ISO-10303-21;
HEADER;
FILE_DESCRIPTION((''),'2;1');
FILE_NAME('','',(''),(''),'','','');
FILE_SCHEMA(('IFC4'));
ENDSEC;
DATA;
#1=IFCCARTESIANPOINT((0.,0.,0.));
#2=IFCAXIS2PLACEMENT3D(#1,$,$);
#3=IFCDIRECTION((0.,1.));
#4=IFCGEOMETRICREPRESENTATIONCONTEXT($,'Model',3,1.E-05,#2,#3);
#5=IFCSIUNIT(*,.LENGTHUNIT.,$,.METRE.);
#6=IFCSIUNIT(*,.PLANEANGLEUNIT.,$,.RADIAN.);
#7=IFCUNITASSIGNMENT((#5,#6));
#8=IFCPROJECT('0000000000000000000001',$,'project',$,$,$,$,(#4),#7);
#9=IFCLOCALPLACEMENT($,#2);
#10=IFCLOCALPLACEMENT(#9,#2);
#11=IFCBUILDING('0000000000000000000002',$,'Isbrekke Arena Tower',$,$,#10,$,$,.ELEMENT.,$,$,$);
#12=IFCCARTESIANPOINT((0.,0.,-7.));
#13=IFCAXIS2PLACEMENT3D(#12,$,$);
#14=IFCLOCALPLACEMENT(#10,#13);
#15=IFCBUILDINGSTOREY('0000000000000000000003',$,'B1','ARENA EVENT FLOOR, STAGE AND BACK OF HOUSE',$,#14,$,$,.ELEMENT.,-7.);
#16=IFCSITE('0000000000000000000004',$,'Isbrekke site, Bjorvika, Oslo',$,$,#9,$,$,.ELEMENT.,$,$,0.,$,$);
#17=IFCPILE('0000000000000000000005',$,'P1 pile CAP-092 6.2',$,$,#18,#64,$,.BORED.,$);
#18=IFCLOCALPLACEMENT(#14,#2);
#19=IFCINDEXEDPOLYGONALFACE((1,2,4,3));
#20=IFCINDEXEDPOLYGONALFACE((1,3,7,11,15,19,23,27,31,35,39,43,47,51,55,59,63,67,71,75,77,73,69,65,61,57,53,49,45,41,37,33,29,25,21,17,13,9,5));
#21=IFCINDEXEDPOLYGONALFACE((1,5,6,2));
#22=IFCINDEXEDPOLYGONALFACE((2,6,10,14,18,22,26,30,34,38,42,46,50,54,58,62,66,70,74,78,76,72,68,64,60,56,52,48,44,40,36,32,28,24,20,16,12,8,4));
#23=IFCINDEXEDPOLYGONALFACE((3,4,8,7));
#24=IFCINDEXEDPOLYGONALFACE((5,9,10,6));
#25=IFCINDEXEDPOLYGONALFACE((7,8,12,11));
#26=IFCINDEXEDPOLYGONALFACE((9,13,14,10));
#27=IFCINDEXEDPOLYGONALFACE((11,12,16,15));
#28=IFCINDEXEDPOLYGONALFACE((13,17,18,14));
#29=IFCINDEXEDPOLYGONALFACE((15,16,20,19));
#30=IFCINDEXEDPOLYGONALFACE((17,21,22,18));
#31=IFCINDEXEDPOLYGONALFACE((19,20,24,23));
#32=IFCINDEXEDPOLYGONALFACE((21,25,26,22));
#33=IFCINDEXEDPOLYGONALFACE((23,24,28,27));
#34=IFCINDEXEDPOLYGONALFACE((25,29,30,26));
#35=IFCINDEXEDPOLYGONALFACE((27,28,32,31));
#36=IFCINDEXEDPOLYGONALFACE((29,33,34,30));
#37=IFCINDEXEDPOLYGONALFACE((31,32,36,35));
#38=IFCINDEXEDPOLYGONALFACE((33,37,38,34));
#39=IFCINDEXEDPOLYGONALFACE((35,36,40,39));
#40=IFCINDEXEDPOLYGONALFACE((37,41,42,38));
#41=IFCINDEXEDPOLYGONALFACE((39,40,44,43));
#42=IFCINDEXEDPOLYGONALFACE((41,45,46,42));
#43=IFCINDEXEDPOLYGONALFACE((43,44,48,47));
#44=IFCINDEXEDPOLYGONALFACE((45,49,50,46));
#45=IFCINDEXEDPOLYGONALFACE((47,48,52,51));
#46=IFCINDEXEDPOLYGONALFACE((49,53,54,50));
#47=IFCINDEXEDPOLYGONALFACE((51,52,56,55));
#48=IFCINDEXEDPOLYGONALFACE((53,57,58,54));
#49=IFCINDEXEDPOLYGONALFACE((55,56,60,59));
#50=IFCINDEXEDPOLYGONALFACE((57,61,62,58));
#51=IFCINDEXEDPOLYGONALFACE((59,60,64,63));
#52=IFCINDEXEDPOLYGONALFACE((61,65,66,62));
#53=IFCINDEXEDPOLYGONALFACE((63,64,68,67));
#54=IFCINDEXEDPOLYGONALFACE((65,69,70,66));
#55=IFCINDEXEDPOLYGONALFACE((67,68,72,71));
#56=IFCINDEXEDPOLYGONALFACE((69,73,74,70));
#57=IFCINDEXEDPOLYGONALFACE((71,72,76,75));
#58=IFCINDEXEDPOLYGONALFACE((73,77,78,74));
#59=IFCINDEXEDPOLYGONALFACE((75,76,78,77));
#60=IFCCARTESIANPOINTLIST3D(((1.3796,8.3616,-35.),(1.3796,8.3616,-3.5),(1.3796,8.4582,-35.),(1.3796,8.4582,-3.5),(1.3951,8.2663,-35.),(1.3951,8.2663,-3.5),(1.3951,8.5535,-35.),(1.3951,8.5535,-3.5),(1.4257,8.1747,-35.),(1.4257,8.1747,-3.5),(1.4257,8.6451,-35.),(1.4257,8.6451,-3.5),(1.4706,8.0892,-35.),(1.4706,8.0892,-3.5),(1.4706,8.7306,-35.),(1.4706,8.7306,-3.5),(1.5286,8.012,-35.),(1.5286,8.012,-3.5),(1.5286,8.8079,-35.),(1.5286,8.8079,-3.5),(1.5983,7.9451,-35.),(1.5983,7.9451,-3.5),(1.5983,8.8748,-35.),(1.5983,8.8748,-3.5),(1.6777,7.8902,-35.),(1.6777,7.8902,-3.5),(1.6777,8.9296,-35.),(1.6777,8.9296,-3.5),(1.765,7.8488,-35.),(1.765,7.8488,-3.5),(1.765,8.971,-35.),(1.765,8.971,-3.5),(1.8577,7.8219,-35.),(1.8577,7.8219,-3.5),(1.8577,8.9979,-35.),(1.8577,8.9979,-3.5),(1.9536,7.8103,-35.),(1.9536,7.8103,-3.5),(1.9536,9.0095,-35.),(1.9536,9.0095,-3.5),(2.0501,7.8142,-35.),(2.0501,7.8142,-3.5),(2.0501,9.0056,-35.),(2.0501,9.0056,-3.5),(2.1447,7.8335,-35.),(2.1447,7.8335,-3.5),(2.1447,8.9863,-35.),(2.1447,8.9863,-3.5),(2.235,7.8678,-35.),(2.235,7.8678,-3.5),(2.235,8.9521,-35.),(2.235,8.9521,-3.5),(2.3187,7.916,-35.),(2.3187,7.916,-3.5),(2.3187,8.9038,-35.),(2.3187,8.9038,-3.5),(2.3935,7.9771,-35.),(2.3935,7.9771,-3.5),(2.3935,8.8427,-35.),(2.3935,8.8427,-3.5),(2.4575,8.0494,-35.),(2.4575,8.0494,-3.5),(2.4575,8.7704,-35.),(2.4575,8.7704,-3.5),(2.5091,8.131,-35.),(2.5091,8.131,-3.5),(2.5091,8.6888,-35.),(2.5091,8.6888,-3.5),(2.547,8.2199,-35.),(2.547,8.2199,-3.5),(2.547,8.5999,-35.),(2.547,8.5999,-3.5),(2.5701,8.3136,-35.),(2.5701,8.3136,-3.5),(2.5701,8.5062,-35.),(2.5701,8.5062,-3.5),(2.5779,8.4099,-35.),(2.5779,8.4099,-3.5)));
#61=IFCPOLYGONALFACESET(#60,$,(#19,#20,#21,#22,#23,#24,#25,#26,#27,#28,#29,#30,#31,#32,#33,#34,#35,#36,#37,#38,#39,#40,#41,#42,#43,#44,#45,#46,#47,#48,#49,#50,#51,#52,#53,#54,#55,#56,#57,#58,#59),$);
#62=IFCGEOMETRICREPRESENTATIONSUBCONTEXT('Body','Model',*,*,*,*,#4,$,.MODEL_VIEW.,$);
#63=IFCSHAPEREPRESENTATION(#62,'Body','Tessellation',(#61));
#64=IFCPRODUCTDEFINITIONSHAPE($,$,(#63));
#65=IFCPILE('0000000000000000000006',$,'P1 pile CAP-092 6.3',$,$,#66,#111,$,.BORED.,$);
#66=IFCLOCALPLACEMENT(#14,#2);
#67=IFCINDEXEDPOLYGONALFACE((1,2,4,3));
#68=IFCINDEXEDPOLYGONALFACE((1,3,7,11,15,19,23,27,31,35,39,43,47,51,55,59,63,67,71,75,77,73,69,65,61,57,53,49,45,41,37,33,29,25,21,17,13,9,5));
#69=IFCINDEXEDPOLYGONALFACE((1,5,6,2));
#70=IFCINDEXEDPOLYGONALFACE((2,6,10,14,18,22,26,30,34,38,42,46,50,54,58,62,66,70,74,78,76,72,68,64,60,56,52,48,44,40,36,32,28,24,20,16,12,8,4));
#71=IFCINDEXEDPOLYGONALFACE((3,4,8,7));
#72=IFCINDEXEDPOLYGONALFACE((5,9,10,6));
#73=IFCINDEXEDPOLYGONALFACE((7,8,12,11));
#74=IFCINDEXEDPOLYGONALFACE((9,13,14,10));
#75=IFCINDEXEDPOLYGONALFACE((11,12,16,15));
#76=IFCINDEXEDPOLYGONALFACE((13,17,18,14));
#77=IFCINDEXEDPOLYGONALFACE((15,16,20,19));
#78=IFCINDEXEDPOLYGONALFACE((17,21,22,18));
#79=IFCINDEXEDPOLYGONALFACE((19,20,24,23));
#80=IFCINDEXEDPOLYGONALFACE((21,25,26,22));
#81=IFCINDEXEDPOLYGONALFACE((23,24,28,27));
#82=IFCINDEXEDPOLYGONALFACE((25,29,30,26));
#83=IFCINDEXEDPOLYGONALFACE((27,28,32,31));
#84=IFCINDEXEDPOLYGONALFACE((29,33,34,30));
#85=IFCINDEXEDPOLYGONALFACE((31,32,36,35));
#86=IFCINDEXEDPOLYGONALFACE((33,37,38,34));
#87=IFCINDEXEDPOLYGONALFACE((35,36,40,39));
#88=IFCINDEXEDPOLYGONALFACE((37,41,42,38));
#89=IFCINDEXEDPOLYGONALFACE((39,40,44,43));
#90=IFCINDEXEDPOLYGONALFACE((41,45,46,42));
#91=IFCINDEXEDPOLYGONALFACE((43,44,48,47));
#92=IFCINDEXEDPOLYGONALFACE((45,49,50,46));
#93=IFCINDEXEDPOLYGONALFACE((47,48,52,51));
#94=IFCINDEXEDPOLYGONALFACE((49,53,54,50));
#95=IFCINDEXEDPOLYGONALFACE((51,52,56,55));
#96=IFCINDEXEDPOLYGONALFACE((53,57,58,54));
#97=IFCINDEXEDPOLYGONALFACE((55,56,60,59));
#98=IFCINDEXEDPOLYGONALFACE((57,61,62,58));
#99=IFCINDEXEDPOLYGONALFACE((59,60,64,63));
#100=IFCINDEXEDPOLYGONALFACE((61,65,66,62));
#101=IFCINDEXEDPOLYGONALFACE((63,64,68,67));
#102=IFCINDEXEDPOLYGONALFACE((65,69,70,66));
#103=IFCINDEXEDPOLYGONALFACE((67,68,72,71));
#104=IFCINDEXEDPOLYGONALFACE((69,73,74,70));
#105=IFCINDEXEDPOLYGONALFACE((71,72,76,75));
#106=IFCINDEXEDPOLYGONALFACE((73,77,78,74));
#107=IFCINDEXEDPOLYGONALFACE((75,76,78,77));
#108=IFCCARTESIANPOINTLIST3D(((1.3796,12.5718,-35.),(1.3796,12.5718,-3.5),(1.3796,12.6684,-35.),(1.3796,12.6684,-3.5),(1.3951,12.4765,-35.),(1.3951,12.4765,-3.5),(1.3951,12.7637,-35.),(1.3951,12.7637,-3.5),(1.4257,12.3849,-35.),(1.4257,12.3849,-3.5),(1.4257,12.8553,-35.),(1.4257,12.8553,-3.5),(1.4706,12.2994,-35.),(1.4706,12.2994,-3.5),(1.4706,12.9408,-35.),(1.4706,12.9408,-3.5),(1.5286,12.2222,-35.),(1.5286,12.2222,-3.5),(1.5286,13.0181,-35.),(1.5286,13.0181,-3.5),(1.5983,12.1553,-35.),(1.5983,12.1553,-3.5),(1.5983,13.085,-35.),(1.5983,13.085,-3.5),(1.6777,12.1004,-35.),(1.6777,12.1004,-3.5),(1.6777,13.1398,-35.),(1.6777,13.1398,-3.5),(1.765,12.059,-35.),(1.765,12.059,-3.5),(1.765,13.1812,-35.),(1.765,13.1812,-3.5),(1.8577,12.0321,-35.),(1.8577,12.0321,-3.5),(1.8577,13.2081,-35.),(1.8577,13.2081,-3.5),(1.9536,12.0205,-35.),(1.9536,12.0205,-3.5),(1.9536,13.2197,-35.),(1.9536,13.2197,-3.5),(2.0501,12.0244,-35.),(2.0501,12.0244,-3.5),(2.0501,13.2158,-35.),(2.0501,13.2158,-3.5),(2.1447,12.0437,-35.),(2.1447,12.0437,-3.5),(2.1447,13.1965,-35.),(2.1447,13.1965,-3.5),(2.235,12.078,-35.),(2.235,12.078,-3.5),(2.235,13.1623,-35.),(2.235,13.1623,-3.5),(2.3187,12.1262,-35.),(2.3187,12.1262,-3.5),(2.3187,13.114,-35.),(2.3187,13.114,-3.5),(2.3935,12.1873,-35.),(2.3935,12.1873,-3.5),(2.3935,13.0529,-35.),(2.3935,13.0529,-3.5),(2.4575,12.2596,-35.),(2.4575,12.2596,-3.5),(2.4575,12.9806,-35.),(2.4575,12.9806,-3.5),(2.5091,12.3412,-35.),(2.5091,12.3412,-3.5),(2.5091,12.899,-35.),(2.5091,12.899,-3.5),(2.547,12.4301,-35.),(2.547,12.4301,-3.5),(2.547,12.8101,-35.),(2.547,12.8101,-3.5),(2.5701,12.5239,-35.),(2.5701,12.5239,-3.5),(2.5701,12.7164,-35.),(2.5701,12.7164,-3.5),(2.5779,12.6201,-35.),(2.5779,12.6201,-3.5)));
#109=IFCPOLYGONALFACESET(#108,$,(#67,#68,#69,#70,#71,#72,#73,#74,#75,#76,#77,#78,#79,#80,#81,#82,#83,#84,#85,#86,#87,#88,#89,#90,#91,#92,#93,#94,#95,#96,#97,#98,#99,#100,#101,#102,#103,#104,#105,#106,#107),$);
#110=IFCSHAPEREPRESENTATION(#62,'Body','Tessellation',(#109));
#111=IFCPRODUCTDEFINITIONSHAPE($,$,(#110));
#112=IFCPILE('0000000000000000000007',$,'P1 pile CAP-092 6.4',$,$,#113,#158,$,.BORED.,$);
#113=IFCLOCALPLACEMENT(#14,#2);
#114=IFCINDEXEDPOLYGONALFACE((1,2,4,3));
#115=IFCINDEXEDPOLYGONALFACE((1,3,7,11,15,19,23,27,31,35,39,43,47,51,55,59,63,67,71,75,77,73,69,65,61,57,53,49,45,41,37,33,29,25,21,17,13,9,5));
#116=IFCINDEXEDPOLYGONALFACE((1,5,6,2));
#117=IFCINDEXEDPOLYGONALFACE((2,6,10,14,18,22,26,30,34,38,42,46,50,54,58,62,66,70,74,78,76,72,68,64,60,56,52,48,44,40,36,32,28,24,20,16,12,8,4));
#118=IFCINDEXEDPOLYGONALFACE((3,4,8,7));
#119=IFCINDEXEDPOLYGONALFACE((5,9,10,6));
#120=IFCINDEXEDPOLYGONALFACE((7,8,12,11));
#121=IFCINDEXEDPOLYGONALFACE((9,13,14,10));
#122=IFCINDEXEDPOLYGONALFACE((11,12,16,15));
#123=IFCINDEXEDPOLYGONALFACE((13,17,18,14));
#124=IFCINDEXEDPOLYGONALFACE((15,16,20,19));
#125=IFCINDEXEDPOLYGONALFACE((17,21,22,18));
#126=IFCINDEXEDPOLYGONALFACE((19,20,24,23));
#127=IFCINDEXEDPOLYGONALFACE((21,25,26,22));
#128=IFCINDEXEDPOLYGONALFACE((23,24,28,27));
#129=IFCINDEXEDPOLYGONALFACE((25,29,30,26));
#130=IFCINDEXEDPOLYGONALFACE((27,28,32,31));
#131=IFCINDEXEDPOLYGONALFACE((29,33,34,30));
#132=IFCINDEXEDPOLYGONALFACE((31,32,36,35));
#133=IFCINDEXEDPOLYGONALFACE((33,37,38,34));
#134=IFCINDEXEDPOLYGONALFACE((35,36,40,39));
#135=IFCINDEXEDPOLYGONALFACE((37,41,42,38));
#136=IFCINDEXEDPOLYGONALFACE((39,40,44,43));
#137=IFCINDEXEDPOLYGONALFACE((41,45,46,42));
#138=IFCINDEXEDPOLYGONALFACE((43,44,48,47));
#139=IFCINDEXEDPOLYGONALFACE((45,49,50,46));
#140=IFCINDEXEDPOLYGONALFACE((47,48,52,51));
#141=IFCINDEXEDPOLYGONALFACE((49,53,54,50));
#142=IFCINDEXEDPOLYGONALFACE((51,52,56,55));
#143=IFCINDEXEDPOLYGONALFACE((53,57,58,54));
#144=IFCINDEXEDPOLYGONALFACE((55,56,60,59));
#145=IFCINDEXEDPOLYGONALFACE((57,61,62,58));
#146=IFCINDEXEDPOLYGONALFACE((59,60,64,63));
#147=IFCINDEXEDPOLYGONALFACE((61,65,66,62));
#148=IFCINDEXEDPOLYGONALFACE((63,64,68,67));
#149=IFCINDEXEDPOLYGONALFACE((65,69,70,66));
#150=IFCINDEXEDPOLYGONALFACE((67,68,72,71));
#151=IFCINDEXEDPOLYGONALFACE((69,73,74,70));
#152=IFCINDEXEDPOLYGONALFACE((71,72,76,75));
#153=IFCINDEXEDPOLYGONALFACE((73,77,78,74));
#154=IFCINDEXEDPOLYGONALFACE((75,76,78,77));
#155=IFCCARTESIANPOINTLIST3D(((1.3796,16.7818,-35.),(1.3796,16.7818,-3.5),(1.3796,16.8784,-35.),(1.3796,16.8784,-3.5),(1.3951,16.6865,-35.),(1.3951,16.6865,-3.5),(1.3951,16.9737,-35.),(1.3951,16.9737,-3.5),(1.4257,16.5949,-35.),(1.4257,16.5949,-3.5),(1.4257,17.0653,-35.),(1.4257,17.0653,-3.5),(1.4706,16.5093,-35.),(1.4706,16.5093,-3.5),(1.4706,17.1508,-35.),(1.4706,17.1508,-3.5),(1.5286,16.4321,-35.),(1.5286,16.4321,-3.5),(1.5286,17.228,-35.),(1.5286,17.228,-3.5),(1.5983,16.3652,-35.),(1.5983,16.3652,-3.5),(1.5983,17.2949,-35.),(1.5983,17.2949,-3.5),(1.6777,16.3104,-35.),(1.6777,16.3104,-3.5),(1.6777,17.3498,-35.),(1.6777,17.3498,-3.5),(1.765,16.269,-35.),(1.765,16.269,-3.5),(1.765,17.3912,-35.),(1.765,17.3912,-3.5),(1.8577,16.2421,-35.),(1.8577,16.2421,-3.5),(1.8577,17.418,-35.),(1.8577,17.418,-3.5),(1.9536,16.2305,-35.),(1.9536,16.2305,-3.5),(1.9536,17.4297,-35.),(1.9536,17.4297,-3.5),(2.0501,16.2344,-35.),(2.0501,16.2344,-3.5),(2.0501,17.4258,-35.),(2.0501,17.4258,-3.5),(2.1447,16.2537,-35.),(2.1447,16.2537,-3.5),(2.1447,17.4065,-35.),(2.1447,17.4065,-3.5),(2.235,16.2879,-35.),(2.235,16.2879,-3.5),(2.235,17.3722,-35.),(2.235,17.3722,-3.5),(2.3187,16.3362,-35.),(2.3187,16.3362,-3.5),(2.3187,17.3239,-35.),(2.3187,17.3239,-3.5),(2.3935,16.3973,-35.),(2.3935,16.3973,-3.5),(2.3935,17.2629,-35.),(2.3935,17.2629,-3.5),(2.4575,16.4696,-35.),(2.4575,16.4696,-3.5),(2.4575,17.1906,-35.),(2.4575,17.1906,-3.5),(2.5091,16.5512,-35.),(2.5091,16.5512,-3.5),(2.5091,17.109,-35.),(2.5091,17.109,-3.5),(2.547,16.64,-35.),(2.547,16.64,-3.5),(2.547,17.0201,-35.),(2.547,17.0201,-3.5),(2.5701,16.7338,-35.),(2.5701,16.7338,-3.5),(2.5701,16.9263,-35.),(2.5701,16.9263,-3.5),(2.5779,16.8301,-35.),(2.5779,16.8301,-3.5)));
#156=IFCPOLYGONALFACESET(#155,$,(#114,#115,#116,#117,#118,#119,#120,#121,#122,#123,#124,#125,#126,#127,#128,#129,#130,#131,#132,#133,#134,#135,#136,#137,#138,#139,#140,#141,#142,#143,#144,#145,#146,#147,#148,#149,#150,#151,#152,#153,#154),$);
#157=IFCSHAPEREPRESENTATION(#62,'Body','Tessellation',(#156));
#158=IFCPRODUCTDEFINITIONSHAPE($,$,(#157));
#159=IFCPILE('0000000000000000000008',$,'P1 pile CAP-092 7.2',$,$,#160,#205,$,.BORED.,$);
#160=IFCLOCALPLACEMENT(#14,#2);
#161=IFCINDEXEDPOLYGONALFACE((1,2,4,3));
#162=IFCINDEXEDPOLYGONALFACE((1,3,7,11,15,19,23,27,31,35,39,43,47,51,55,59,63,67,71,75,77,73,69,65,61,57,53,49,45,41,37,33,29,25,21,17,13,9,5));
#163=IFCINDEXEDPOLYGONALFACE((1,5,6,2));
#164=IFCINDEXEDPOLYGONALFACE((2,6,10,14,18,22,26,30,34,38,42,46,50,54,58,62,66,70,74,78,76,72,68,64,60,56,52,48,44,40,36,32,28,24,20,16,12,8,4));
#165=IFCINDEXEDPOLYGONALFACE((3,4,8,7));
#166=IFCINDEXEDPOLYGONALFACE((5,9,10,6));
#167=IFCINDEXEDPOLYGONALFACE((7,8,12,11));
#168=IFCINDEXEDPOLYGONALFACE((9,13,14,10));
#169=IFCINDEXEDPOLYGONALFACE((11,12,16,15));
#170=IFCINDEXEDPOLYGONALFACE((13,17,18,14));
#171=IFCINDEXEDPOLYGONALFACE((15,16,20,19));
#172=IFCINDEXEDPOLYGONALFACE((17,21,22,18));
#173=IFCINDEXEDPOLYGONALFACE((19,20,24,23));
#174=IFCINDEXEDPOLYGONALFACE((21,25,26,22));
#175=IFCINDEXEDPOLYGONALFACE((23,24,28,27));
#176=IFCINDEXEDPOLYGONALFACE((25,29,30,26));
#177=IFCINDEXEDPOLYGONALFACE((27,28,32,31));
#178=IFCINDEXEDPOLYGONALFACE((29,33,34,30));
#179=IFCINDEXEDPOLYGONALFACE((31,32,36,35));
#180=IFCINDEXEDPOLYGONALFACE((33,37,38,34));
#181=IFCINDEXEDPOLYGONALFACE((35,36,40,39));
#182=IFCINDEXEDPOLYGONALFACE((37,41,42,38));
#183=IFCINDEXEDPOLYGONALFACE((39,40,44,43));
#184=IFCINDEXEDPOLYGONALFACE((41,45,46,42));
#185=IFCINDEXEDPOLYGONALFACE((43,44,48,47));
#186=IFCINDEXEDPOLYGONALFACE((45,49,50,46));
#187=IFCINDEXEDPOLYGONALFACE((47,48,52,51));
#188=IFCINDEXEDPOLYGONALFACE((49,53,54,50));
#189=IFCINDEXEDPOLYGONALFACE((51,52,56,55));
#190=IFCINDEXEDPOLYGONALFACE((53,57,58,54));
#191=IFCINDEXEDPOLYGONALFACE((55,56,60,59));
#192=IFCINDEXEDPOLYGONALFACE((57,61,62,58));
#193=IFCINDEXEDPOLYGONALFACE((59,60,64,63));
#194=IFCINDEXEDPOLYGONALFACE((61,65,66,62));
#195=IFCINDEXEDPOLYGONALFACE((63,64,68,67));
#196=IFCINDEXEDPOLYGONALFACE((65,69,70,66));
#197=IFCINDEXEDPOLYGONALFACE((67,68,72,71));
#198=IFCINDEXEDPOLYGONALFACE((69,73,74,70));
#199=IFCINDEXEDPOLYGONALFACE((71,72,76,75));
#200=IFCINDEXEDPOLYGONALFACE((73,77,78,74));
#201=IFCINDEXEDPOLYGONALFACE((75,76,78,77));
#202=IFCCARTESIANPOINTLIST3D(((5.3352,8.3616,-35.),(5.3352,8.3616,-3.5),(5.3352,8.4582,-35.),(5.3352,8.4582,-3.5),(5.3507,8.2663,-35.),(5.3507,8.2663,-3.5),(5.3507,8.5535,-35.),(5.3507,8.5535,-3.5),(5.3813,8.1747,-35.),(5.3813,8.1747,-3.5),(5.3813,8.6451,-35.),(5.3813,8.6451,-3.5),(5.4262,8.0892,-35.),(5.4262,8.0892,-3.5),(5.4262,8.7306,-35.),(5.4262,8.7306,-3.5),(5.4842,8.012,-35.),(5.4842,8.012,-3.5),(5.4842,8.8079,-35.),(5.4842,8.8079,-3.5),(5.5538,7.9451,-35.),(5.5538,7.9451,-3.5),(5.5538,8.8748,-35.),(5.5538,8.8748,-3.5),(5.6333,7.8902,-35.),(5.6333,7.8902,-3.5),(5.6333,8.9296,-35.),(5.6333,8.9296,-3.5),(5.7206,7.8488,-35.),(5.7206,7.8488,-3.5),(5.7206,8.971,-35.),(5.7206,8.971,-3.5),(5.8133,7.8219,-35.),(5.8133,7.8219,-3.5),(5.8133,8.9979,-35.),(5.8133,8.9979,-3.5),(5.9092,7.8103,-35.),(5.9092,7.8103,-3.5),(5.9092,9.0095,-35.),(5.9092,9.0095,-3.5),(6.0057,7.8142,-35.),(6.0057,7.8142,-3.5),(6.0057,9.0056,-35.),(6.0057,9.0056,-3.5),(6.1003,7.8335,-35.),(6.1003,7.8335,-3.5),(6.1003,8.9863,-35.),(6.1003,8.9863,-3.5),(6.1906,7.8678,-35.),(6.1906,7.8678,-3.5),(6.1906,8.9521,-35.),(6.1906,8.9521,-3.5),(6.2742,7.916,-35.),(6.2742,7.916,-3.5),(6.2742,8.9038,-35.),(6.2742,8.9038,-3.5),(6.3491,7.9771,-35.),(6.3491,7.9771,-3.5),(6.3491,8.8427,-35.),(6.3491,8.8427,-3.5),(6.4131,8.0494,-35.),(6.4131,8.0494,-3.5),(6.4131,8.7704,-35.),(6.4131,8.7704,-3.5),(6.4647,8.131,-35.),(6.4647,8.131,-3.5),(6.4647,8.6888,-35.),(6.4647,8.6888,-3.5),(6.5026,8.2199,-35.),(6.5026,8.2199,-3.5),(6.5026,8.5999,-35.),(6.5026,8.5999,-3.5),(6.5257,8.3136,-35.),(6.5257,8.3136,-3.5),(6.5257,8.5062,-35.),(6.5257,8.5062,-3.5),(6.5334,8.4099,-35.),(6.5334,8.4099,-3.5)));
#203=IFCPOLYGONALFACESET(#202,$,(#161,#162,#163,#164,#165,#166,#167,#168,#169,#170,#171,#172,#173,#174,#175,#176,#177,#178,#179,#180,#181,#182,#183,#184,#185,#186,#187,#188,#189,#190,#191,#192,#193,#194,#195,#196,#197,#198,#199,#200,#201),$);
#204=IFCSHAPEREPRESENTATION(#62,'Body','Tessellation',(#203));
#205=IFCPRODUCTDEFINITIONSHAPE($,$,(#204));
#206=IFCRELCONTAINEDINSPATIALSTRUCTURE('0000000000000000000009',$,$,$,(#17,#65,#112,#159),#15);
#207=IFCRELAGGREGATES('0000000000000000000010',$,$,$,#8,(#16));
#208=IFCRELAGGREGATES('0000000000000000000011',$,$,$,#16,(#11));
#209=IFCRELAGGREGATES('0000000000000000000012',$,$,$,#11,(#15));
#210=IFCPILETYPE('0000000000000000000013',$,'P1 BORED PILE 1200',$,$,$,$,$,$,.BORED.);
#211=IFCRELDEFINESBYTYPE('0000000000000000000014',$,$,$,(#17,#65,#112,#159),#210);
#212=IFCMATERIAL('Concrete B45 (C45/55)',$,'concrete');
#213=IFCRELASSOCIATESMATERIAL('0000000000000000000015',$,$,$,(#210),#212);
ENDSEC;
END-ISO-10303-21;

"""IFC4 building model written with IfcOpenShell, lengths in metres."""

from ifc_helpers import new_model, si_unit, direction, frame, origin, origin_2d, place, context, subcontext, project, spatial, circle, extrude, material, material_profile, profile_set, type_object, element, save


model = new_model("IFC4")

# Units and contexts
model_context = context("Model", 3, precision=1e-05, world=origin(), true_north=direction((0.0, 1.0)))
body_context = subcontext(model_context, "Body", "Model", "MODEL_VIEW")
ifc_project = project(units=[si_unit("LENGTHUNIT", "METRE"), si_unit("PLANEANGLEUNIT", "RADIAN")], contexts=[model_context])

# Site, building, storey
site_placement = place(None, origin())
site = spatial("IfcSite", under=ifc_project, at=site_placement, Name="Isbrekke site, Bjorvika, Oslo", CompositionType="ELEMENT", RefElevation=0.0)
building_placement = place(site_placement, origin())
building = spatial("IfcBuilding", under=site, at=building_placement, Name="Isbrekke Arena Tower", CompositionType="ELEMENT")
storey_placement = place(building_placement, frame((0.0, 0.0, -7.0)))
storey = spatial("IfcBuildingStorey", under=building, at=storey_placement, Name="B1", Description="ARENA EVENT FLOOR, STAGE AND BACK OF HOUSE", CompositionType="ELEMENT", Elevation=-7.0)

# Piles
ifc_material_1 = material(Name="Concrete B45 (C45/55)", Category="concrete")
ifc_material_profile = material_profile(ifc_material_1, circle(Radius=0.6001, at=origin_2d()), Name="BORED PILE D1200")
ifc_profile_set = profile_set([ifc_material_profile], Name="Concrete B45 (C45/55)")
pile_type = type_object("IfcPileType", Name="P1 BORED PILE 1200", PredefinedType="BORED", material=ifc_profile_set)
for number, where, z_axis, x_axis, name in (
    (1, (1.9778, 8.4099, -3.5), (0.0, 0.0, -1.0), (1.0, 0.0, 0.0), "P1 pile CAP-092 6.2"),
    (2, (1.9778, 12.6201, -3.5), (0.0, 0.0, -1.0), (1.0, 0.0, 0.0), "P1 pile CAP-092 6.3"),
    (3, (1.9778, 16.8301, -3.5), (0.0, 0.0, -1.0), (1.0, 0.0, 0.0), "P1 pile CAP-092 6.4"),
    (4, (5.9333, 8.4099, -3.5), (0.0, 0.0, -1.0), (1.0, 0.0, 0.0), "P1 pile CAP-092 7.2"),
):
    element("IfcPile", number, at=place(storey_placement, frame(where, z_axis=z_axis, x_axis=x_axis)), inside=storey, type_object=pile_type, Name=name, PredefinedType="BORED", context=body_context, shape_type="SweptSolid", body=[
        extrude(circle(Radius=0.6001, at=origin_2d()), origin(), (0.0, 0.0, 1.0), 31.5),
    ])

save(model, "model.ifc")
